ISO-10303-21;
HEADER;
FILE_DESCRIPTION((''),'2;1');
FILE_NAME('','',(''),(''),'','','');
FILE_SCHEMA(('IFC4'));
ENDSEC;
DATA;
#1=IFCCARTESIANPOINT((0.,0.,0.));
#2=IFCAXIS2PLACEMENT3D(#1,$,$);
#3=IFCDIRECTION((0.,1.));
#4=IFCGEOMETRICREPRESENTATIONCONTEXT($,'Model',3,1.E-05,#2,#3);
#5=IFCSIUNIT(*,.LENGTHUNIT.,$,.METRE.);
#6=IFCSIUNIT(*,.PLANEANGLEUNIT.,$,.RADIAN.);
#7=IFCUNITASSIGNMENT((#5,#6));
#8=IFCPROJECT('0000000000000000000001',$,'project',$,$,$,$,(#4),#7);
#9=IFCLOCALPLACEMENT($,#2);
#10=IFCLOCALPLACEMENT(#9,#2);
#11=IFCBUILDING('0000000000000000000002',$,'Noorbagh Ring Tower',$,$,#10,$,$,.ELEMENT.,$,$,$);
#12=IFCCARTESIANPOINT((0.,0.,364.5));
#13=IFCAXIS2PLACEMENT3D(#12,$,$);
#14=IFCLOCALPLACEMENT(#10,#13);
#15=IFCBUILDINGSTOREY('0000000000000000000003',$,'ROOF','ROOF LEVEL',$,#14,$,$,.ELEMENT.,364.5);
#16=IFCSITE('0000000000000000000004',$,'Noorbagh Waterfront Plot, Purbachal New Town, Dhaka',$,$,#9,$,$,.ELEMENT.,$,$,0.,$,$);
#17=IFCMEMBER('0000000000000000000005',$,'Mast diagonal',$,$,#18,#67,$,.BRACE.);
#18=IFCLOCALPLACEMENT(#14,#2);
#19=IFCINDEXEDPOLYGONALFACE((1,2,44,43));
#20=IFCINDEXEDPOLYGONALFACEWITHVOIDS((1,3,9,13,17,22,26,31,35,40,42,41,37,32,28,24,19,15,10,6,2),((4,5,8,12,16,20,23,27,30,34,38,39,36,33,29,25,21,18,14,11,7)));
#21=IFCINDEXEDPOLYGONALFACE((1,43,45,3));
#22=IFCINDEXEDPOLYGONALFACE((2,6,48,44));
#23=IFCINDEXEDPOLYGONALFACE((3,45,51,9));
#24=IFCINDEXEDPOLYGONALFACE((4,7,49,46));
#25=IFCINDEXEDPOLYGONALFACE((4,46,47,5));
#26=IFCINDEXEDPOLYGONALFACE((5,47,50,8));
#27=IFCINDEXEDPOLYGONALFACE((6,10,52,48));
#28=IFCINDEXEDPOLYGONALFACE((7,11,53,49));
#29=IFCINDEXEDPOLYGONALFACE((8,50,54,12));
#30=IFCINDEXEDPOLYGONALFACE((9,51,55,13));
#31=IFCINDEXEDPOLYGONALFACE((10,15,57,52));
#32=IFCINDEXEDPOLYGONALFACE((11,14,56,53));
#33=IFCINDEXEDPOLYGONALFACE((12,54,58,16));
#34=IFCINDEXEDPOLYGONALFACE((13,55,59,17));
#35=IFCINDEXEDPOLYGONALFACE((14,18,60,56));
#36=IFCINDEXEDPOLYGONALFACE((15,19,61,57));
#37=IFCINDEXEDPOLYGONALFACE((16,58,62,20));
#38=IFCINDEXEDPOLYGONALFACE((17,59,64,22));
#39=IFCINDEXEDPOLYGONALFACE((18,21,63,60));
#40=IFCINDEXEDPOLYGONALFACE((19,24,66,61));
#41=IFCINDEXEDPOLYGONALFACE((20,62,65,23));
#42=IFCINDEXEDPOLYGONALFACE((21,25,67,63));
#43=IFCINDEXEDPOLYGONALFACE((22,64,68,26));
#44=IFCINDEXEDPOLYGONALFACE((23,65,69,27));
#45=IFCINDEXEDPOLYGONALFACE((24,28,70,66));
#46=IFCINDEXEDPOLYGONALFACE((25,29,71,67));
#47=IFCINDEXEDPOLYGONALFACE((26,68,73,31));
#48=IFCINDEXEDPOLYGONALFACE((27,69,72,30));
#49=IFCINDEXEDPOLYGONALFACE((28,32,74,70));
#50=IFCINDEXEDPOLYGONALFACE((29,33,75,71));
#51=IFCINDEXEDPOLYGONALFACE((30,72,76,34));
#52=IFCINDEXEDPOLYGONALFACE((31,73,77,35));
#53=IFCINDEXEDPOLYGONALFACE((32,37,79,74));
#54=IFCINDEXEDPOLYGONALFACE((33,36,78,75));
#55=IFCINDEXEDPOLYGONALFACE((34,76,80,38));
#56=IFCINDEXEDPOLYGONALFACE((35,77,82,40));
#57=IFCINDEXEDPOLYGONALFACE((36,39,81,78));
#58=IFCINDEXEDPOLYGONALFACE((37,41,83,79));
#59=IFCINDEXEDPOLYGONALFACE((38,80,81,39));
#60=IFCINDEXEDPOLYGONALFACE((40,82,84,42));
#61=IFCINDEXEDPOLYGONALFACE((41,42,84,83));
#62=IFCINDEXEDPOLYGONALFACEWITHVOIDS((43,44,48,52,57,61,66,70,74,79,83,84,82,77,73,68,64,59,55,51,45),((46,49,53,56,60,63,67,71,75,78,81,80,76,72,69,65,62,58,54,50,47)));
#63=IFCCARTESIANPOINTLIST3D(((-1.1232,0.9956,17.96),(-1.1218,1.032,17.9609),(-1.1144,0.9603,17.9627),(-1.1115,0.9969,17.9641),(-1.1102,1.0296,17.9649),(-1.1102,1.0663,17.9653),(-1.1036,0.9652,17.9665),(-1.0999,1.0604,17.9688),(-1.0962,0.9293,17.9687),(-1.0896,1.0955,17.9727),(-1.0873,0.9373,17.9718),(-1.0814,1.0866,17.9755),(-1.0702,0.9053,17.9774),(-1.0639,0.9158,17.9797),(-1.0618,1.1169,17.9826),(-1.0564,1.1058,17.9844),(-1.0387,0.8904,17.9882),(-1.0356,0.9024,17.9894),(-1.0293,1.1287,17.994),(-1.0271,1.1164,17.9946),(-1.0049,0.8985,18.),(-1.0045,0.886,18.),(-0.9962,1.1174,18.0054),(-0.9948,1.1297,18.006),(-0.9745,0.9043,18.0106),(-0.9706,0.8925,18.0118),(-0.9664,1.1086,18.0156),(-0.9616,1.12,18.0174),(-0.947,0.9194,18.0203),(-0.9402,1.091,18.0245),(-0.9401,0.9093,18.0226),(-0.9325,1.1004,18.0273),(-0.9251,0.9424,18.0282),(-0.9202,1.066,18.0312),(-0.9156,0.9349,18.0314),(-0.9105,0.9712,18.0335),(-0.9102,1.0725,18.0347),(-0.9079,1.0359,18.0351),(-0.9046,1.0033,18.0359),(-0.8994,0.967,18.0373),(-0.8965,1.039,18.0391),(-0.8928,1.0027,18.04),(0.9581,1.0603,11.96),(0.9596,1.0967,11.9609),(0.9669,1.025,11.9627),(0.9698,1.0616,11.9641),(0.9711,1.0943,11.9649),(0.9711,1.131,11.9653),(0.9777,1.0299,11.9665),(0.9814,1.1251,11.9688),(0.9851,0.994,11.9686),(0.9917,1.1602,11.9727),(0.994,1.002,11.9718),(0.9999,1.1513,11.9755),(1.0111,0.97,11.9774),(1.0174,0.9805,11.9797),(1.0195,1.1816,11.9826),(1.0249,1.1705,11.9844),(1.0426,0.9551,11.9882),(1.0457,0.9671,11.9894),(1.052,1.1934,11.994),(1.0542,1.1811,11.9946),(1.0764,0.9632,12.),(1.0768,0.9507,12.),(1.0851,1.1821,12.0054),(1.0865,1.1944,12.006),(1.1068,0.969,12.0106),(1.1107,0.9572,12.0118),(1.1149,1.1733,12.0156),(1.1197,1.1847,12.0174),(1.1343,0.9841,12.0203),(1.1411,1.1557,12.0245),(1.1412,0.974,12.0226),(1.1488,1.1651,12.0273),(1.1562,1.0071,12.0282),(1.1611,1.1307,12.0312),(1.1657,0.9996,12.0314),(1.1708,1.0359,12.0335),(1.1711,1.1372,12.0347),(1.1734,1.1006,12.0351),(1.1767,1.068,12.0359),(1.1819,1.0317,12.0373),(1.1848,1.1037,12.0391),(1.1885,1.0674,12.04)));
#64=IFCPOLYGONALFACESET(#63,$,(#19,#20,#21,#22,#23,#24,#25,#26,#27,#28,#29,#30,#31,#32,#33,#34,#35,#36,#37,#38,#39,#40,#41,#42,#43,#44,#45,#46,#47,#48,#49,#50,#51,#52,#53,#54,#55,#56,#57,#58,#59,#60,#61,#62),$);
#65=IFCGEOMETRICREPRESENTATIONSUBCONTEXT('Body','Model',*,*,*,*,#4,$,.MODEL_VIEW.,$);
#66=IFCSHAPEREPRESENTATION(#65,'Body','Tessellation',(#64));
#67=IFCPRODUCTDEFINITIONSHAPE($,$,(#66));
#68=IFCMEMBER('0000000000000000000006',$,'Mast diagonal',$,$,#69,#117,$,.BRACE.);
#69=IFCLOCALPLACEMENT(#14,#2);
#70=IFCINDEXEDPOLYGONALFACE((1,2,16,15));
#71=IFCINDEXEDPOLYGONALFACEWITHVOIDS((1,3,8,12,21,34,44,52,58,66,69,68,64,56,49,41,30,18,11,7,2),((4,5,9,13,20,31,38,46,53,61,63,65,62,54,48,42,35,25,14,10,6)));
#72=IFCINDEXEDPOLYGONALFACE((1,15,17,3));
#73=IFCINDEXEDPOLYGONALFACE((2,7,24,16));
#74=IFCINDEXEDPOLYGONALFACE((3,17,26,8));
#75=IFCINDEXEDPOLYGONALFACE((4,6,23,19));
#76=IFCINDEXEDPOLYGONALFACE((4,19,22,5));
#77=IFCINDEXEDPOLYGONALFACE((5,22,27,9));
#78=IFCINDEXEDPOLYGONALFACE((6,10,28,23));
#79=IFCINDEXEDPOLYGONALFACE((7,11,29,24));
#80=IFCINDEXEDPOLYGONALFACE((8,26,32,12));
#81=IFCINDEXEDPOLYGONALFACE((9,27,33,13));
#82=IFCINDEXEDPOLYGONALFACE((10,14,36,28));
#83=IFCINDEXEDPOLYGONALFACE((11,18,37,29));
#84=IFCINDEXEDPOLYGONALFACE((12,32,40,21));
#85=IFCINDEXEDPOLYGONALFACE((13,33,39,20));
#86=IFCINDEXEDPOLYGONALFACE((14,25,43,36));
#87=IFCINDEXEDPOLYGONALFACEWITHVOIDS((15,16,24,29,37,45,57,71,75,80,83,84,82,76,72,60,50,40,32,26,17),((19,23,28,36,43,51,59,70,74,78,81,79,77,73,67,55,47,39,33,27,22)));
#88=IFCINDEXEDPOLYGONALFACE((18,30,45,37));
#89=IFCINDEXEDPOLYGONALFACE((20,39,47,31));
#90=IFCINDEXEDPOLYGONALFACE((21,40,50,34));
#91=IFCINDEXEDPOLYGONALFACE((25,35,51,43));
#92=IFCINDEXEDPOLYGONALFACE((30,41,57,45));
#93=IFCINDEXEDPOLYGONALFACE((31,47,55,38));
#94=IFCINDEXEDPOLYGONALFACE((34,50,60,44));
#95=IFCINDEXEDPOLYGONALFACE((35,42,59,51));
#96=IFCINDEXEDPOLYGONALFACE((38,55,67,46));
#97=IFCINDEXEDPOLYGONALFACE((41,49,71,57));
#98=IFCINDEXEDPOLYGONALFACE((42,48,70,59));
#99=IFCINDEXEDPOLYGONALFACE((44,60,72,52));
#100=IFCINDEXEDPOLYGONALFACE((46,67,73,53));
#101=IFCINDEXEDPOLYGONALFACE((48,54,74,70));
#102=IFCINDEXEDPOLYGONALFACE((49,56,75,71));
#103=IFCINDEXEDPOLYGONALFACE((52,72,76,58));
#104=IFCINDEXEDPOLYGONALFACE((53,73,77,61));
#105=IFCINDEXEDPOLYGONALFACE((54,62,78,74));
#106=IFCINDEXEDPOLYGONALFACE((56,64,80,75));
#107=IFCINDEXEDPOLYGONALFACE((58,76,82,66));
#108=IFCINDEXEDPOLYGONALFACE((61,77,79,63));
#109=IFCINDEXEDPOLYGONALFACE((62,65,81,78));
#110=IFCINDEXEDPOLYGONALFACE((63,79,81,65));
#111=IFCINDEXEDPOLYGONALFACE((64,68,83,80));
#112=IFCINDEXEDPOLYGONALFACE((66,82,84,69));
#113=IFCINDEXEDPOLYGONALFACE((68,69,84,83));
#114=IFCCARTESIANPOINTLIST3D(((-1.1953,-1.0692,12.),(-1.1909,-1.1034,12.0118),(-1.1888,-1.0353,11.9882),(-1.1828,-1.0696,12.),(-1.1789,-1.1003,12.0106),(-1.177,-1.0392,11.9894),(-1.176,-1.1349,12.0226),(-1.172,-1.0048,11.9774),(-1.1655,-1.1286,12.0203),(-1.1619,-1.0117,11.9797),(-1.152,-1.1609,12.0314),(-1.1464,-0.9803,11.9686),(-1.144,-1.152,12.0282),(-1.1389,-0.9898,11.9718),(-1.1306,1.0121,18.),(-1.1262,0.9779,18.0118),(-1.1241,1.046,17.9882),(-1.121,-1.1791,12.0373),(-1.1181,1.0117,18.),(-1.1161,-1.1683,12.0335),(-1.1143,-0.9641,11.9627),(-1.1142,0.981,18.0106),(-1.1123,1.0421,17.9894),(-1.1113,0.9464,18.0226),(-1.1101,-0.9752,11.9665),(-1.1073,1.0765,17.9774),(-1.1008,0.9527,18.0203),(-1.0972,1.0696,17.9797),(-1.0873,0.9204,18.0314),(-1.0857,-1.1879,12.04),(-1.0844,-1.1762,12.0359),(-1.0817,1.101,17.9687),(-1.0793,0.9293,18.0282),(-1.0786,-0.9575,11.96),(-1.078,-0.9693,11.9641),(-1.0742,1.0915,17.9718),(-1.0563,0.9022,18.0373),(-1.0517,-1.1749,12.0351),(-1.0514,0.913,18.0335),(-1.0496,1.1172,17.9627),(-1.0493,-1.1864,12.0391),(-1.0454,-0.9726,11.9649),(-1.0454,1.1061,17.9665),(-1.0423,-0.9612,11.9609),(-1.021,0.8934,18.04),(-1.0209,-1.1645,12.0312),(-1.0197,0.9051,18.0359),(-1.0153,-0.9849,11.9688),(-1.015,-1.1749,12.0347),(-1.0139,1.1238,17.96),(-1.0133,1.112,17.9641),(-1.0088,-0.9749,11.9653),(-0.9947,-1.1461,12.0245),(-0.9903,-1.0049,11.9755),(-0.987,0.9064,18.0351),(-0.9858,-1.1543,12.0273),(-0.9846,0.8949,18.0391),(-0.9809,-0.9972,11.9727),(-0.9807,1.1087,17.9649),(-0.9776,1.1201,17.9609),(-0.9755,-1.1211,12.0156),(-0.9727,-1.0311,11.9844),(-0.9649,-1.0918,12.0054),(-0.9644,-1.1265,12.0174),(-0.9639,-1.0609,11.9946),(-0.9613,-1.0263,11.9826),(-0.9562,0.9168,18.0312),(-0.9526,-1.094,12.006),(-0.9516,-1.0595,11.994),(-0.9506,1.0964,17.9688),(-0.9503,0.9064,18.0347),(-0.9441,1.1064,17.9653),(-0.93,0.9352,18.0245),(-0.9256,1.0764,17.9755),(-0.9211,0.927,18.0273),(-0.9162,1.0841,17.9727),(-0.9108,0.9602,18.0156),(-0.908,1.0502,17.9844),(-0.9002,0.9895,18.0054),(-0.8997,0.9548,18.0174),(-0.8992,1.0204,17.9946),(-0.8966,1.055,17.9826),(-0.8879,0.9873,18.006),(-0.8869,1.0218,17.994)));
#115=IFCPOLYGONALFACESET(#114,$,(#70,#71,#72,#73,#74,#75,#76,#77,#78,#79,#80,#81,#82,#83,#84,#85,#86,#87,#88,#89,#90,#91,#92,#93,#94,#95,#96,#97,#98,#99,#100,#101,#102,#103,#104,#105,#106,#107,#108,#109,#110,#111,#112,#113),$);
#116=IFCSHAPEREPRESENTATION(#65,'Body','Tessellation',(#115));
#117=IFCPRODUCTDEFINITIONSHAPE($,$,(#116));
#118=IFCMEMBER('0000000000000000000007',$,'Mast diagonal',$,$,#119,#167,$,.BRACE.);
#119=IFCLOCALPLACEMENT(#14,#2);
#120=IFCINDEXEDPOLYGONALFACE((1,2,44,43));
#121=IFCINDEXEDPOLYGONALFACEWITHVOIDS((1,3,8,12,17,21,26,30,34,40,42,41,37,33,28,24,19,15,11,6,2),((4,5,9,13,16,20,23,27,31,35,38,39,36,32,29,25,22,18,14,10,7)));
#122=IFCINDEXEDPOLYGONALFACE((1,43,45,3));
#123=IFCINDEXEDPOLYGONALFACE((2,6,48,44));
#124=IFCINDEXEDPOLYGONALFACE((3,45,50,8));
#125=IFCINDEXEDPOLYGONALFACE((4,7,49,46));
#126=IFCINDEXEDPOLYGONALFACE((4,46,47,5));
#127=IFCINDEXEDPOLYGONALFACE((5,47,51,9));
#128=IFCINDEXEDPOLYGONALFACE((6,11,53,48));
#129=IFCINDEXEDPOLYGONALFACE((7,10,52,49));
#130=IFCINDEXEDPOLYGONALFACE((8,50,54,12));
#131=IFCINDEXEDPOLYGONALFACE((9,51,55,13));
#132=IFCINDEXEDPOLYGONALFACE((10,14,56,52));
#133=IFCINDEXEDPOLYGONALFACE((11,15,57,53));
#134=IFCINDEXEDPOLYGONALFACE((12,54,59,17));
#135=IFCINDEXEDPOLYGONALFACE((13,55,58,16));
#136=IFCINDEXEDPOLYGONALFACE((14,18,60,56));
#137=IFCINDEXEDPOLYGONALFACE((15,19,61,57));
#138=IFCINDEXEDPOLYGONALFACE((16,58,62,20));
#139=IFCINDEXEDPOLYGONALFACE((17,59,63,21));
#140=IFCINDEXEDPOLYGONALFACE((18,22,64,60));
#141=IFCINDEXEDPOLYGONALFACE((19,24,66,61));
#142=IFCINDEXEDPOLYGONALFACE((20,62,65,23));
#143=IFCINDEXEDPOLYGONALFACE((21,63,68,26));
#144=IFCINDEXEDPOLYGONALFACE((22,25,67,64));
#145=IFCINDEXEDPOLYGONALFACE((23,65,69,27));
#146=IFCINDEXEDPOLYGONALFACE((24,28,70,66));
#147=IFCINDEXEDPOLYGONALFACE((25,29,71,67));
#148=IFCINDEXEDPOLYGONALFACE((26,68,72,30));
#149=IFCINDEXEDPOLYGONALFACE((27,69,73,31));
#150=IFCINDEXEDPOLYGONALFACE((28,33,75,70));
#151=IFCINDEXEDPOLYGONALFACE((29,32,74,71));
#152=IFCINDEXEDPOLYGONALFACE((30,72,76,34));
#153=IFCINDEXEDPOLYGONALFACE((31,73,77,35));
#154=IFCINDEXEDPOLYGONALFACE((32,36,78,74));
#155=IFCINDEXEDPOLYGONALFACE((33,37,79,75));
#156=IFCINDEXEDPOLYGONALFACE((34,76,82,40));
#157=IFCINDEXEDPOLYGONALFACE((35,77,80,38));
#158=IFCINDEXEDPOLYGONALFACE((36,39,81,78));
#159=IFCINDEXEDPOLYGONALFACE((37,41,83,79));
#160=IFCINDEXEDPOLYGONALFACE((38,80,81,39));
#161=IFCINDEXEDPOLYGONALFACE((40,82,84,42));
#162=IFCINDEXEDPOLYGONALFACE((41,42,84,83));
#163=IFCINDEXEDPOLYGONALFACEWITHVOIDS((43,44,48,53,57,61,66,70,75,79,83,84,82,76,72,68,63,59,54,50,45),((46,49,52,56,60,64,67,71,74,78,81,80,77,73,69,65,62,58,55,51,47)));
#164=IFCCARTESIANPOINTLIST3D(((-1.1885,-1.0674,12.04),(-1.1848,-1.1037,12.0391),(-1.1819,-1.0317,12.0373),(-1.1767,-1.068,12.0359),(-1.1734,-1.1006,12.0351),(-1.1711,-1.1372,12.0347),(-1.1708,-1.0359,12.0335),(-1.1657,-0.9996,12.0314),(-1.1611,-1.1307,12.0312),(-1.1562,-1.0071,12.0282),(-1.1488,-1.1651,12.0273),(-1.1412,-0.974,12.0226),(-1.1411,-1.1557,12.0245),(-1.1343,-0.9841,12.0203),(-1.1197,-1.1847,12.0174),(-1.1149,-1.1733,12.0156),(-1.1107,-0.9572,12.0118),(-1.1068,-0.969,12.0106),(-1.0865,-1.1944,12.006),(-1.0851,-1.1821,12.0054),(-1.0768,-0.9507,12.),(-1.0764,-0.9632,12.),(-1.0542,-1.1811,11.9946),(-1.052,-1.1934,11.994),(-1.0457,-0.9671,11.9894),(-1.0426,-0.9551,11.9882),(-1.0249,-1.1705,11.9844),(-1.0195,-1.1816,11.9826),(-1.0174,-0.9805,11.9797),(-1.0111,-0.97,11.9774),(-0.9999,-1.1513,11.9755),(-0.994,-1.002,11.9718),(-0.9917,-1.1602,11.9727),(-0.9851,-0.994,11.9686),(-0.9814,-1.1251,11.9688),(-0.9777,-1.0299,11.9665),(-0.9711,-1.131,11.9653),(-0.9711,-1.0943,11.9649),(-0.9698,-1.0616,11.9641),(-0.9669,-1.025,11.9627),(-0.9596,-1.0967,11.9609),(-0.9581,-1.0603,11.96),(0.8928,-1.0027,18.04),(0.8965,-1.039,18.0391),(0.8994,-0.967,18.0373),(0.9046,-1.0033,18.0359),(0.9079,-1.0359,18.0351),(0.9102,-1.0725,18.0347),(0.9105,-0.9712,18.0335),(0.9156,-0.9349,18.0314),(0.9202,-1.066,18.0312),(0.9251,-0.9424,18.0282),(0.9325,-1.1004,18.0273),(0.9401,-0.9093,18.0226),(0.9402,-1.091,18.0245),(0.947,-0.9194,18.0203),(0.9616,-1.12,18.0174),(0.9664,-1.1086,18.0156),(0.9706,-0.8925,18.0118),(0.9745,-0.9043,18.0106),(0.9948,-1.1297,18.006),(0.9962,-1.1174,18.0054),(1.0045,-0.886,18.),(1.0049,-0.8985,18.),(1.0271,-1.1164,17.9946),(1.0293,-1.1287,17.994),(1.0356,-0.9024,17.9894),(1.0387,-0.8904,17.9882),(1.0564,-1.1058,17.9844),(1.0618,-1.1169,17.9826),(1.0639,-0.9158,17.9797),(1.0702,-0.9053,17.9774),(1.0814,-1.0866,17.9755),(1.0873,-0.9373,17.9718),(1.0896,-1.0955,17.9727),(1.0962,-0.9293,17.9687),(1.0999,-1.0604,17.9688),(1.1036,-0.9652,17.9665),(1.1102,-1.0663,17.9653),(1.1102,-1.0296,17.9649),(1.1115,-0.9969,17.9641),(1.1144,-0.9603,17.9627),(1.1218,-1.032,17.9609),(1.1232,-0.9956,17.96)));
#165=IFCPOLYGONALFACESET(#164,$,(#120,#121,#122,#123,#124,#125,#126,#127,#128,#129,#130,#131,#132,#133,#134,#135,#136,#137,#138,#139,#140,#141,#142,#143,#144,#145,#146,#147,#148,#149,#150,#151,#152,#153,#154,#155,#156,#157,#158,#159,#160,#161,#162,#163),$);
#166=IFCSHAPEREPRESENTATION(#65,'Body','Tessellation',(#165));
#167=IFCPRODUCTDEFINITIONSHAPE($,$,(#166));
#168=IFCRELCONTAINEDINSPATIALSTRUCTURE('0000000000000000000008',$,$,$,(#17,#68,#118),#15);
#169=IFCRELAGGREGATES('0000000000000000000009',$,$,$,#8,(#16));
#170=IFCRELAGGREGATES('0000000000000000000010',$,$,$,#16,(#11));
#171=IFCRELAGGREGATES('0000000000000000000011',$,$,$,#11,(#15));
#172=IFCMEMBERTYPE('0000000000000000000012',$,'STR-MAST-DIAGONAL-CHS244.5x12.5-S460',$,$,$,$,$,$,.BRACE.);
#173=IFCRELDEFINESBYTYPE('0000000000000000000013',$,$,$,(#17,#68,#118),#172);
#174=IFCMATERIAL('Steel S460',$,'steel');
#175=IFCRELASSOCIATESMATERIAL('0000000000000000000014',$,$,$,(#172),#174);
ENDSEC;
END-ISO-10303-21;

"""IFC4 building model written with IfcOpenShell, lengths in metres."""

from ifc_helpers import new_model, si_unit, direction, frame, origin, origin_2d, place, context, subcontext, project, spatial, hollow_circle, extrude, material, material_profile, profile_set, type_object, element, save


model = new_model("IFC4")

# Units and contexts
model_context = context("Model", 3, precision=1e-05, world=origin(), true_north=direction((0.0, 1.0)))
body_context = subcontext(model_context, "Body", "Model", "MODEL_VIEW")
ifc_project = project(units=[si_unit("LENGTHUNIT", "METRE"), si_unit("PLANEANGLEUNIT", "RADIAN")], contexts=[model_context])

# Site, building, storey
site_placement = place(None, origin())
site = spatial("IfcSite", under=ifc_project, at=site_placement, Name="Noorbagh Waterfront Plot, Purbachal New Town, Dhaka", CompositionType="ELEMENT", RefElevation=0.0)
building_placement = place(site_placement, origin())
building = spatial("IfcBuilding", under=site, at=building_placement, Name="Noorbagh Ring Tower", CompositionType="ELEMENT")
storey_placement = place(building_placement, frame((0.0, 0.0, 364.5)))
storey = spatial("IfcBuildingStorey", under=building, at=storey_placement, Name="ROOF", Description="ROOF LEVEL", CompositionType="ELEMENT", Elevation=364.5)

# Members
ifc_material_1 = material(Name="Steel S460", Category="steel")
ifc_material_profile_1 = material_profile(ifc_material_1, hollow_circle(Radius=0.1223, WallThickness=0.0125, at=origin_2d()), Name="CHS244.5x12.5")
ifc_profile_set_1 = profile_set([ifc_material_profile_1], Name="Steel S460")
member_type_1 = type_object("IfcMemberType", Name="STR-MAST-DIAGONAL-CHS244.5x12.5-S460", PredefinedType="BRACE", material=ifc_profile_set_1)
for number, where, z_axis, x_axis, name in (
    (1, (1.073, 1.073, 12.0), (-0.327709, -0.010187, 0.944724), (0.03107, -0.999517, 0.0), "Mast diagonal"),
    (2, (-1.073, -1.073, 12.0), (0.010187, 0.327709, 0.944724), (-0.999517, 0.03107, 0.0), "Mast diagonal"),
    (3, (-1.073, -1.073, 12.0), (0.327709, 0.010187, 0.944724), (-0.03107, 0.999517, 0.0), "Mast diagonal"),
):
    element("IfcMember", number, at=place(storey_placement, frame(where, z_axis=z_axis, x_axis=x_axis)), inside=storey, type_object=member_type_1, Name=name, PredefinedType="BRACE", context=body_context, shape_type="SweptSolid", body=[
        extrude(hollow_circle(Radius=0.1223, WallThickness=0.0125, at=origin_2d()), origin(), (0.0, 0.0, 1.0), 6.3511),
    ])

save(model, "model.ifc")
